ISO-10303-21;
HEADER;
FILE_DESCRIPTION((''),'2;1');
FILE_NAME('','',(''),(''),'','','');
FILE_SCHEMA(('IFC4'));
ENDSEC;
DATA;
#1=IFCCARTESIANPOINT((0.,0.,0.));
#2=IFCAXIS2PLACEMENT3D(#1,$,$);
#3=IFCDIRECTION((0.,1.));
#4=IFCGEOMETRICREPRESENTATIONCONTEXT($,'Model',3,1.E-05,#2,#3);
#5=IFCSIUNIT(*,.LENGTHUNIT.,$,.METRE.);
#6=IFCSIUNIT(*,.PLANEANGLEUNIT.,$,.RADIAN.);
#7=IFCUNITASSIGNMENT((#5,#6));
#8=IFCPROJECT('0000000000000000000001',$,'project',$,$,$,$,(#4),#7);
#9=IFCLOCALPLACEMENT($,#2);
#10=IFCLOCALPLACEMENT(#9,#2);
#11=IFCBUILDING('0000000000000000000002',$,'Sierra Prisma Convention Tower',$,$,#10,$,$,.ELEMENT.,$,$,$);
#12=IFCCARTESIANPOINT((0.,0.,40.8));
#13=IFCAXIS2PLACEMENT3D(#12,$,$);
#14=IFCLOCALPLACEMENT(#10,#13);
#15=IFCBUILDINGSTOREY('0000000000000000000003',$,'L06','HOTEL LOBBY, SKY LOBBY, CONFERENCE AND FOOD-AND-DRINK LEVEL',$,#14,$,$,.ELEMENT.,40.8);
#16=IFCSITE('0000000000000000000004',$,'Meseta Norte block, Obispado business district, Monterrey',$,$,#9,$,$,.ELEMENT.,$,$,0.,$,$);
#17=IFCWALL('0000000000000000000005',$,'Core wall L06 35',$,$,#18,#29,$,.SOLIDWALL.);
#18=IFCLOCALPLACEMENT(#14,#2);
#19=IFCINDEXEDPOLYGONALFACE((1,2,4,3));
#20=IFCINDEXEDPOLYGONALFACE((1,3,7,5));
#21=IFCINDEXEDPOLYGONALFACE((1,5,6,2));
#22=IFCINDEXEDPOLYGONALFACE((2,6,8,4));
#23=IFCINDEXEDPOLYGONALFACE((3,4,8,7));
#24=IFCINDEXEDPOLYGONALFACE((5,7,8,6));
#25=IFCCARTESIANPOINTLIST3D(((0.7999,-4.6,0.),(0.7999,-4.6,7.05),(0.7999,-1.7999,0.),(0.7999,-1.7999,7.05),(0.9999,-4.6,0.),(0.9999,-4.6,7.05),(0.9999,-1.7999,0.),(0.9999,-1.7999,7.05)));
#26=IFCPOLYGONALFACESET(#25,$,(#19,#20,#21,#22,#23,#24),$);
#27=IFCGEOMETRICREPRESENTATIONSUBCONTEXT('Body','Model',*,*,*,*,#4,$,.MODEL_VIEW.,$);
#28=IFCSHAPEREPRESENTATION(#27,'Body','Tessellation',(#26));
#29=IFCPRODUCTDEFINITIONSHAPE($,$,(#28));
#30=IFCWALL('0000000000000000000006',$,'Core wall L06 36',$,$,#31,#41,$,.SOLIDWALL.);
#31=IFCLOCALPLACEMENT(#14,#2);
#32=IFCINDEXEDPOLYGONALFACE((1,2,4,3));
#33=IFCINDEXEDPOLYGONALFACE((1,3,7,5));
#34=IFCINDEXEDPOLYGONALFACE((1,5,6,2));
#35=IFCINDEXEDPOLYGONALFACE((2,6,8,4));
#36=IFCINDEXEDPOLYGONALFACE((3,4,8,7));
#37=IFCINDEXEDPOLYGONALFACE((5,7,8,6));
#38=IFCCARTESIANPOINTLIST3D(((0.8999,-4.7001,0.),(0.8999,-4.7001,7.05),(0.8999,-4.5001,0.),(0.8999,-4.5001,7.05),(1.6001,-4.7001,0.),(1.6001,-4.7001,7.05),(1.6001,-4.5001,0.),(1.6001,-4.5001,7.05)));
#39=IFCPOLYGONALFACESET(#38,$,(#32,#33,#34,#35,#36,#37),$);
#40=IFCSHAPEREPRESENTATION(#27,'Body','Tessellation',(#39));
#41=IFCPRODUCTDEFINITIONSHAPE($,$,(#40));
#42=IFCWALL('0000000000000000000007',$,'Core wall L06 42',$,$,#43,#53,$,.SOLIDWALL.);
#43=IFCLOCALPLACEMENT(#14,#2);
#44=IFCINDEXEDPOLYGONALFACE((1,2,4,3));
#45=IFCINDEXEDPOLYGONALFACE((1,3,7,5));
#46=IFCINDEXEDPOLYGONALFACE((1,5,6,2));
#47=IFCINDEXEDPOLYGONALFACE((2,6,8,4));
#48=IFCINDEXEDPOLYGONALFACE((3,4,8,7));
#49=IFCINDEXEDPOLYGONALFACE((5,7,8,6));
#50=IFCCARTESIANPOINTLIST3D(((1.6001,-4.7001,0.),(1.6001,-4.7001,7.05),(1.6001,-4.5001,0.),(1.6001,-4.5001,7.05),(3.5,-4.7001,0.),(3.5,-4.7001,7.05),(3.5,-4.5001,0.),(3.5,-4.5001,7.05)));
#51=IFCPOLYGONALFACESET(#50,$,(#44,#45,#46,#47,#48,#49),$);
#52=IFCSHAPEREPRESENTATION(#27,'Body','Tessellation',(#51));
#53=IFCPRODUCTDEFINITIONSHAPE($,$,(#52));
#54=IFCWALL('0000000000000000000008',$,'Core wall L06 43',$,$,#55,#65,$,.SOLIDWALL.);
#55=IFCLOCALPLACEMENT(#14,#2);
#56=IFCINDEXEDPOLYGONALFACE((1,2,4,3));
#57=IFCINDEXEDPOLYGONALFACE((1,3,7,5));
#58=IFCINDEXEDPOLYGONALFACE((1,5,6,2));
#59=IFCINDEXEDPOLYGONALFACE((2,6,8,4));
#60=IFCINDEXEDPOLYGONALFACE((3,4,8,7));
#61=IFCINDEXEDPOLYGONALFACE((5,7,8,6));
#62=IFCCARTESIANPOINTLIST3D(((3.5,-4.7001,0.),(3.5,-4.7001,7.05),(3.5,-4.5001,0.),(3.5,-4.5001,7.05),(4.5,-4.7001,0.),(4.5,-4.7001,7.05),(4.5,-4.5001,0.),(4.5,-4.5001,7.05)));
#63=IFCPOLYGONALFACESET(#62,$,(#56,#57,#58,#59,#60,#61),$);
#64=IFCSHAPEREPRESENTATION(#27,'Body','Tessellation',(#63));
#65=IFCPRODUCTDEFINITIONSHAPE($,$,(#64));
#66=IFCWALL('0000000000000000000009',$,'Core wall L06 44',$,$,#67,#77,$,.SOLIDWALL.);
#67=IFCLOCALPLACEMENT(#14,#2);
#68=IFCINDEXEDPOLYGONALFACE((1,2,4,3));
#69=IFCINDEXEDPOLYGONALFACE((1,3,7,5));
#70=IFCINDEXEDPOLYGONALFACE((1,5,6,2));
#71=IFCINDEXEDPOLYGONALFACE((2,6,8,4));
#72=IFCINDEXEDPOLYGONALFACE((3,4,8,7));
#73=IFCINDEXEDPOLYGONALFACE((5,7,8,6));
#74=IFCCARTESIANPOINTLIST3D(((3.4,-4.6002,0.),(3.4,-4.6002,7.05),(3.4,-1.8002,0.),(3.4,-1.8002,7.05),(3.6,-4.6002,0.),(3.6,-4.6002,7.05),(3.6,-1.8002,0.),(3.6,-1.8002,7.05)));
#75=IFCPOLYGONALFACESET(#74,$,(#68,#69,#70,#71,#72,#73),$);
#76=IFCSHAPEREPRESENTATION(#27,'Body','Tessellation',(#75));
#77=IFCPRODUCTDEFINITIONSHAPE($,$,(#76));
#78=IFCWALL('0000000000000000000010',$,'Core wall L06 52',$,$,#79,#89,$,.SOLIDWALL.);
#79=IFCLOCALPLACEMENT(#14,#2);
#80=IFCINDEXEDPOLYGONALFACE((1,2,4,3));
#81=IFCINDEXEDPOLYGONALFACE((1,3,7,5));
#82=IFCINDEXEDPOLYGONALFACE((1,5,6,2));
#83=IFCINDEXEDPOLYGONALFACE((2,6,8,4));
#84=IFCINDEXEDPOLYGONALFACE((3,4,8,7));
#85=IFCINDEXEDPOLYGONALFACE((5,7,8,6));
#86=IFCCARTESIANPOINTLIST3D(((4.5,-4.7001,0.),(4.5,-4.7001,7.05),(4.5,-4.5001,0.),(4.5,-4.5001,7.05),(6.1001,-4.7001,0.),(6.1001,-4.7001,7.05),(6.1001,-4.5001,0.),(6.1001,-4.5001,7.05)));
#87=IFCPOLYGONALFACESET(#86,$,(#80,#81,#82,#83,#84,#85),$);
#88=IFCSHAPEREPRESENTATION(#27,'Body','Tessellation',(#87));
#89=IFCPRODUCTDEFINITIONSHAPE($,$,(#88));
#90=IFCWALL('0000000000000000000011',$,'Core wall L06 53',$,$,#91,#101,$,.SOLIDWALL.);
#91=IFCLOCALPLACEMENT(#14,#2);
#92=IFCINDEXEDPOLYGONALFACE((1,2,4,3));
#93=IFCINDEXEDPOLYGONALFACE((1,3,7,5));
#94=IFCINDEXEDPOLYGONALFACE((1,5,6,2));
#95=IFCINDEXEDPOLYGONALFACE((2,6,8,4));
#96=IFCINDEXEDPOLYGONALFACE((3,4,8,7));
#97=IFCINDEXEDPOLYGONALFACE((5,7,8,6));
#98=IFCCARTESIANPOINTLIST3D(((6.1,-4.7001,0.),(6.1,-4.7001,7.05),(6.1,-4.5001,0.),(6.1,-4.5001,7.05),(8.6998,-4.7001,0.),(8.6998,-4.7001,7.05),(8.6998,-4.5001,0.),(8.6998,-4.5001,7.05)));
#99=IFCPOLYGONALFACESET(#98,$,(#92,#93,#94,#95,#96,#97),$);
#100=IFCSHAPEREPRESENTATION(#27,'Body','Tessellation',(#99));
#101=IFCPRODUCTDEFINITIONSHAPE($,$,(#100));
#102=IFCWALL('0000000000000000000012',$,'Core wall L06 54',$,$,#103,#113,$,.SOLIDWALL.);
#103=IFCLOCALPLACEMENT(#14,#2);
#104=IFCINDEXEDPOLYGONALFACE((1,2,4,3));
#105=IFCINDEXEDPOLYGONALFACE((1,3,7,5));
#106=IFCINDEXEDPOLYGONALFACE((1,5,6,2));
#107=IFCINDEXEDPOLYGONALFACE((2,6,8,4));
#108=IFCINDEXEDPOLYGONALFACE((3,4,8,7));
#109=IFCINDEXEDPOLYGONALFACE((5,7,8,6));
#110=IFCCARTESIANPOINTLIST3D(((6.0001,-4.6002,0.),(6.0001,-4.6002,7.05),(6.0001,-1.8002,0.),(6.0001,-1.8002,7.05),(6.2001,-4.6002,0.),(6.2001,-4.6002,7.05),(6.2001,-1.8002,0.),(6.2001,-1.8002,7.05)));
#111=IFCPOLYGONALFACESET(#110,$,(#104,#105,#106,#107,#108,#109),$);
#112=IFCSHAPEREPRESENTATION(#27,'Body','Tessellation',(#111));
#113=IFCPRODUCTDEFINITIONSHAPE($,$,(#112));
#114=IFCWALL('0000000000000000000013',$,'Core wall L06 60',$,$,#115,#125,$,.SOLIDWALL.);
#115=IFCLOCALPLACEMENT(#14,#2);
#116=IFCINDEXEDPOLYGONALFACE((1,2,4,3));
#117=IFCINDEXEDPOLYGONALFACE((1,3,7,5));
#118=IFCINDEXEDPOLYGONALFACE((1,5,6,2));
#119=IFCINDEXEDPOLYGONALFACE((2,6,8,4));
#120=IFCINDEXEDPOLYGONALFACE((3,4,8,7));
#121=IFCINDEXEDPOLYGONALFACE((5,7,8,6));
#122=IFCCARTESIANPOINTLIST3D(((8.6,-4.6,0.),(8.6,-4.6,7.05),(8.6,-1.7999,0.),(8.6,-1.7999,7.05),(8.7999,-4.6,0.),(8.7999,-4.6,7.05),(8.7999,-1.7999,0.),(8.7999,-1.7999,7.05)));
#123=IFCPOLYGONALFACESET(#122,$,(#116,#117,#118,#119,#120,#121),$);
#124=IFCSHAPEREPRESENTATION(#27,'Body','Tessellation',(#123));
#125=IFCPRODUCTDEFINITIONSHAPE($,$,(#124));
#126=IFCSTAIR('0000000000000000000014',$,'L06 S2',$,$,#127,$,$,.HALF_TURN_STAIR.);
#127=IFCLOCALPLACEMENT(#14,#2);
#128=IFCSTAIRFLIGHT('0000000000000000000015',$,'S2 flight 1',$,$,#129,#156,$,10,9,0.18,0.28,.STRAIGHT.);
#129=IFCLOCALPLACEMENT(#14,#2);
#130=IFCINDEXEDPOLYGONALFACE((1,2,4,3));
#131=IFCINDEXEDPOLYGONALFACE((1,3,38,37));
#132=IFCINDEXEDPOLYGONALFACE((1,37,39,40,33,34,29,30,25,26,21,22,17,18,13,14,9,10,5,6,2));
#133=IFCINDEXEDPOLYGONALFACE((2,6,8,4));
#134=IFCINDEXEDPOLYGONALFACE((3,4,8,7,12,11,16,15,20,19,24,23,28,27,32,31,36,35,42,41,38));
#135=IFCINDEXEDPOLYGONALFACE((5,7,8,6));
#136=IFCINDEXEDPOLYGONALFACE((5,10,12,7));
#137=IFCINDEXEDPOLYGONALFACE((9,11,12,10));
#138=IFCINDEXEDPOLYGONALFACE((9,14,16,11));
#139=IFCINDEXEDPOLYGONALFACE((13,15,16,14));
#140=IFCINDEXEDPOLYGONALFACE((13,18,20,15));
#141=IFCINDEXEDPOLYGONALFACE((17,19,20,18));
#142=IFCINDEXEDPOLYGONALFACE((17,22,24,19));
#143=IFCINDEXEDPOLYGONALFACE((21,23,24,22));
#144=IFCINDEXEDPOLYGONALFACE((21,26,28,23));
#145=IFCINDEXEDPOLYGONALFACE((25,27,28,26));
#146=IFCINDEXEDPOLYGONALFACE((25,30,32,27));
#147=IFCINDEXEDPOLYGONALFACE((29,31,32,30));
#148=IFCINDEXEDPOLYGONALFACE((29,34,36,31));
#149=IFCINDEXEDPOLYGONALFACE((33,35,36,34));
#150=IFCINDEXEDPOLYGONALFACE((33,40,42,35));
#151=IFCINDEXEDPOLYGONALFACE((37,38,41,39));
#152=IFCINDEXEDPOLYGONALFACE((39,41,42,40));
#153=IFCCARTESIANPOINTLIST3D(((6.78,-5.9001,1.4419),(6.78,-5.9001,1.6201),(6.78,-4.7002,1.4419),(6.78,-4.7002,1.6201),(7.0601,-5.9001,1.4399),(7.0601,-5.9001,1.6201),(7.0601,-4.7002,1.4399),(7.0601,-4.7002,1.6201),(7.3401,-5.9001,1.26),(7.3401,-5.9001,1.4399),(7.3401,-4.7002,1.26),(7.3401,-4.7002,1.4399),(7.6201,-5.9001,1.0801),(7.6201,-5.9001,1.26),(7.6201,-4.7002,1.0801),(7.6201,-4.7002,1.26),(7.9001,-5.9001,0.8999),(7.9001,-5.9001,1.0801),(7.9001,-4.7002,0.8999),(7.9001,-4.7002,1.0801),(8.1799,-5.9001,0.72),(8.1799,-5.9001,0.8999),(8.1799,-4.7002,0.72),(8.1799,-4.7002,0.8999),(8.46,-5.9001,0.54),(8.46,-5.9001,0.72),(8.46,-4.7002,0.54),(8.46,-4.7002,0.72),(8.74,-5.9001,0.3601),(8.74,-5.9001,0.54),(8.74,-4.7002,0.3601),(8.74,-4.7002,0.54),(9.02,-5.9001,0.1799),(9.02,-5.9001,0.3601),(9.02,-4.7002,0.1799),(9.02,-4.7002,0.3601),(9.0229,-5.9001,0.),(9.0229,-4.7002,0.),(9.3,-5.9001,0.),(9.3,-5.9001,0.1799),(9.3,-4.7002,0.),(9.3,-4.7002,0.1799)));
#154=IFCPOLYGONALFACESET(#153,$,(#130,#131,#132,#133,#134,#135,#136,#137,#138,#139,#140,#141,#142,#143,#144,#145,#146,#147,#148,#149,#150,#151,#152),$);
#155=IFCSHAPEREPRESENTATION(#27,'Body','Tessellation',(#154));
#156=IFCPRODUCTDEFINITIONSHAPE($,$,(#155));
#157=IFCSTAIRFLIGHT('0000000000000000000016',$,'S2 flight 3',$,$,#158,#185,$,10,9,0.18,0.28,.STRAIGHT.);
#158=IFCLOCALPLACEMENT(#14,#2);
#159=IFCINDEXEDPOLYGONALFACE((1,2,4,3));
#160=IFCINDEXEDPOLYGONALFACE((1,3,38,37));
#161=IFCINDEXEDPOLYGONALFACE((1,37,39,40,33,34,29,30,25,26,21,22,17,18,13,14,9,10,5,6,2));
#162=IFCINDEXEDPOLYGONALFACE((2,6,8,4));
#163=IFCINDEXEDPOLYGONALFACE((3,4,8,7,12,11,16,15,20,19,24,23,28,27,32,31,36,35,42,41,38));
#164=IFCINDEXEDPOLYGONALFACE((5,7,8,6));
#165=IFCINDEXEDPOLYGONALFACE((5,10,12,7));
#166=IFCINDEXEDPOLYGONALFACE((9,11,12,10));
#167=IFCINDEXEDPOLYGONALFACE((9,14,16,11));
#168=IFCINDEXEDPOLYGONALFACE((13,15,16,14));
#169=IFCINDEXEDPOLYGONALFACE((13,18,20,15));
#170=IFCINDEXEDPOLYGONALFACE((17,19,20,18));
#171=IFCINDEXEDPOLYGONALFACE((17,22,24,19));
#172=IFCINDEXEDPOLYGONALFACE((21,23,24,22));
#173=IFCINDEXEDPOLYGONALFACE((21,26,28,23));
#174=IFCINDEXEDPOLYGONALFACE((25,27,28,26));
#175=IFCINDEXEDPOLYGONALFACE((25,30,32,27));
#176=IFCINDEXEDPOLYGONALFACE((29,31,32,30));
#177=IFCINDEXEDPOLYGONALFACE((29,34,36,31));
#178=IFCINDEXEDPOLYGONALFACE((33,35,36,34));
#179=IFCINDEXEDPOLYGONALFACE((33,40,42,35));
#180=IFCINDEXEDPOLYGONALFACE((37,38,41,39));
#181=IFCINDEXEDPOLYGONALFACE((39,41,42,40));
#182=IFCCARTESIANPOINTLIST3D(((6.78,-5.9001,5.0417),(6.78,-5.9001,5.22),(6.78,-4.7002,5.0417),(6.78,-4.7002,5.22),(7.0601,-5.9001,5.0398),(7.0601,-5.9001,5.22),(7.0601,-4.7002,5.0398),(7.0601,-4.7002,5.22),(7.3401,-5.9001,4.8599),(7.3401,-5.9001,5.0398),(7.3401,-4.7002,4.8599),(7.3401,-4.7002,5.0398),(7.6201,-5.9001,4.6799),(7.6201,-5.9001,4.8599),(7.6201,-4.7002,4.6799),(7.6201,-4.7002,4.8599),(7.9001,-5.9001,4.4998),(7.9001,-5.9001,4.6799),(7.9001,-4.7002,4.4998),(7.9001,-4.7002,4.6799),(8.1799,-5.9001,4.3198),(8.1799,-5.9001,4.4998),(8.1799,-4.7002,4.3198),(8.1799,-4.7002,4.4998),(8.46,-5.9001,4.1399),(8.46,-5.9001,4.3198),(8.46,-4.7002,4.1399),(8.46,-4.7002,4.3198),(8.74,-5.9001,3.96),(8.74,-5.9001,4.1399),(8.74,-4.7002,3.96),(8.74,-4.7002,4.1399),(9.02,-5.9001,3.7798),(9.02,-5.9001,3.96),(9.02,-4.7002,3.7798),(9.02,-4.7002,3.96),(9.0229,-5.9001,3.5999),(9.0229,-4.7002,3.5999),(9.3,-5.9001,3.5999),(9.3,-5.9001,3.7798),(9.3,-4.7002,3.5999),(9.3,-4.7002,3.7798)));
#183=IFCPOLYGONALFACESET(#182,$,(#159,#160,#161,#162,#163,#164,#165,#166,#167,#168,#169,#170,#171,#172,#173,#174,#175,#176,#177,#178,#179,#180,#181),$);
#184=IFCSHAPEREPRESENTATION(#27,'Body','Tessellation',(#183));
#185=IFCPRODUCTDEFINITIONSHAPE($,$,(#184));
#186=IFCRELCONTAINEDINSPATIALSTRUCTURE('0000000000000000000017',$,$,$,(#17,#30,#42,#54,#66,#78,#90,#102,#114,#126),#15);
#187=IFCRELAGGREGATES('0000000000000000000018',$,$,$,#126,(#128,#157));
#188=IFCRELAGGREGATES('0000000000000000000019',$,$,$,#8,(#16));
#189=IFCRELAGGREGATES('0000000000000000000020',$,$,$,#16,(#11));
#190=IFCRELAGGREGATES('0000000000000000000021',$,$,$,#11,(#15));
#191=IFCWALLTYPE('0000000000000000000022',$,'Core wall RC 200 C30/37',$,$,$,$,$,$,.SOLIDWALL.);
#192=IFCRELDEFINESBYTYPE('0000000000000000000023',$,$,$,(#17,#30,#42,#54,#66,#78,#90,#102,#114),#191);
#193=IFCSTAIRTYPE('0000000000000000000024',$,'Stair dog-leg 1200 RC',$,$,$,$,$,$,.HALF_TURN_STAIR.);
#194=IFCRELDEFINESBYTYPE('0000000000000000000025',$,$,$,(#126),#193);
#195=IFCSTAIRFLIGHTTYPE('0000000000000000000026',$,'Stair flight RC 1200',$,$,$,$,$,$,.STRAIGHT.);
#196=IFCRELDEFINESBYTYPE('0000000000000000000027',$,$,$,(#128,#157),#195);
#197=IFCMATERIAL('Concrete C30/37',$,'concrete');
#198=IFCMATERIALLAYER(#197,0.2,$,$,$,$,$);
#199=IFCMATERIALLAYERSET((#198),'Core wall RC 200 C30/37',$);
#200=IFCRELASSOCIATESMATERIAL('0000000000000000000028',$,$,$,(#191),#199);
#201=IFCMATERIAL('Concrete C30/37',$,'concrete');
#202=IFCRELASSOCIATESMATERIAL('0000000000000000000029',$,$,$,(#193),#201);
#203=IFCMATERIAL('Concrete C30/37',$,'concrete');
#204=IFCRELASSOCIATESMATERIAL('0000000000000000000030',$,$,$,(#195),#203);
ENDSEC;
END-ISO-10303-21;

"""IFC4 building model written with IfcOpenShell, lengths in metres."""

from ifc_helpers import new_model, si_unit, direction, frame, frame_2d, origin, place, context, subcontext, project, spatial, polyline, rectangle, outline, extrude, material, layer, layer_set, type_object, element, aggregate, save


model = new_model("IFC4")

# Units and contexts
model_context = context("Model", 3, precision=1e-05, world=origin(), true_north=direction((0.0, 1.0)))
body_context = subcontext(model_context, "Body", "Model", "MODEL_VIEW")
ifc_project = project(units=[si_unit("LENGTHUNIT", "METRE"), si_unit("PLANEANGLEUNIT", "RADIAN")], contexts=[model_context])

# Site, building, storey
site_placement = place(None, origin())
site = spatial("IfcSite", under=ifc_project, at=site_placement, Name="Meseta Norte block, Obispado business district, Monterrey", CompositionType="ELEMENT", RefElevation=0.0)
building_placement = place(site_placement, origin())
building = spatial("IfcBuilding", under=site, at=building_placement, Name="Sierra Prisma Convention Tower", CompositionType="ELEMENT")
storey_placement = place(building_placement, frame((0.0, 0.0, 40.8)))
storey = spatial("IfcBuildingStorey", under=building, at=storey_placement, Name="L06", Description="HOTEL LOBBY, SKY LOBBY, CONFERENCE AND FOOD-AND-DRINK LEVEL", CompositionType="ELEMENT", Elevation=40.8)

# Shared definitions
ifc_material_1 = material(Name="Concrete C30/37", Category="concrete")
ifc_layer = layer(ifc_material_1, 0.2)
ifc_layer_set = layer_set([ifc_layer], Name="Core wall RC 200 C30/37")
wall_type = type_object("IfcWallType", Name="Core wall RC 200 C30/37", PredefinedType="SOLIDWALL", material=ifc_layer_set)

# Walls
wall_1_placement = place(storey_placement, frame((0.8999, -1.8, 0.0), z_axis=(0.0, 0.0, 1.0), x_axis=(0.0, -1.0, 0.0)))
element("IfcWall", 1, at=wall_1_placement, inside=storey, type_object=wall_type, Name="Core wall L06 35", PredefinedType="SOLIDWALL", context=body_context, shape_type="SweptSolid", body=[
    extrude(rectangle(XDim=2.8, YDim=0.2, at=frame_2d((1.3999, 0.0))), origin(), (0.0, 0.0, 1.0), 7.05),
])
wall_2_placement = place(storey_placement, frame((0.8999, -4.6001, 0.0), z_axis=(0.0, 0.0, 1.0), x_axis=(1.0, 0.0, 0.0)))
element("IfcWall", 2, at=wall_2_placement, inside=storey, type_object=wall_type, Name="Core wall L06 36", PredefinedType="SOLIDWALL", context=body_context, shape_type="SweptSolid", body=[
    extrude(rectangle(XDim=0.7002, YDim=0.2, at=frame_2d((0.3501, 0.0))), origin(), (0.0, 0.0, 1.0), 7.05),
])

# Walls
wall_3_placement = place(storey_placement, frame((3.5, -4.6001, 0.0), z_axis=(0.0, 0.0, 1.0), x_axis=(-1.0, 0.0, 0.0)))
element("IfcWall", 3, at=wall_3_placement, inside=storey, type_object=wall_type, Name="Core wall L06 42", PredefinedType="SOLIDWALL", context=body_context, shape_type="SweptSolid", body=[
    extrude(rectangle(XDim=1.8999, YDim=0.2, at=frame_2d((0.95, 0.0))), origin(), (0.0, 0.0, 1.0), 7.05),
])
wall_4_placement = place(storey_placement, frame((4.5, -4.6001, 0.0), z_axis=(0.0, 0.0, 1.0), x_axis=(-1.0, 0.0, 0.0)))
element("IfcWall", 4, at=wall_4_placement, inside=storey, type_object=wall_type, Name="Core wall L06 43", PredefinedType="SOLIDWALL", context=body_context, shape_type="SweptSolid", body=[
    extrude(rectangle(XDim=1.0, YDim=0.2, at=frame_2d((0.5, 0.0))), origin(), (0.0, 0.0, 1.0), 7.05),
])
wall_5_placement = place(storey_placement, frame((3.5, -4.6001, 0.0), z_axis=(0.0, 0.0, 1.0), x_axis=(0.0, 1.0, 0.0)))
element("IfcWall", 5, at=wall_5_placement, inside=storey, type_object=wall_type, Name="Core wall L06 44", PredefinedType="SOLIDWALL", context=body_context, shape_type="SweptSolid", body=[
    extrude(rectangle(XDim=2.8, YDim=0.2, at=frame_2d((1.3999, 0.0))), origin(), (0.0, 0.0, 1.0), 7.05),
])

# Walls
wall_6_placement = place(storey_placement, frame((4.5, -4.6001, 0.0), z_axis=(0.0, 0.0, 1.0), x_axis=(1.0, 0.0, 0.0)))
element("IfcWall", 6, at=wall_6_placement, inside=storey, type_object=wall_type, Name="Core wall L06 52", PredefinedType="SOLIDWALL", context=body_context, shape_type="SweptSolid", body=[
    extrude(rectangle(XDim=1.6001, YDim=0.2, at=frame_2d((0.8, 0.0))), origin(), (0.0, 0.0, 1.0), 7.05),
])
wall_7_placement = place(storey_placement, frame((6.1001, -4.6001, 0.0), z_axis=(0.0, 0.0, 1.0), x_axis=(1.0, 0.0, 0.0)))
element("IfcWall", 7, at=wall_7_placement, inside=storey, type_object=wall_type, Name="Core wall L06 53", PredefinedType="SOLIDWALL", context=body_context, shape_type="SweptSolid", body=[
    extrude(rectangle(XDim=2.5999, YDim=0.2, at=frame_2d((1.2998, 0.0))), origin(), (0.0, 0.0, 1.0), 7.05),
])
wall_8_placement = place(storey_placement, frame((6.1001, -4.6001, 0.0), z_axis=(0.0, 0.0, 1.0), x_axis=(0.0, 1.0, 0.0)))
element("IfcWall", 8, at=wall_8_placement, inside=storey, type_object=wall_type, Name="Core wall L06 54", PredefinedType="SOLIDWALL", context=body_context, shape_type="SweptSolid", body=[
    extrude(rectangle(XDim=2.8, YDim=0.2, at=frame_2d((1.3999, 0.0))), origin(), (0.0, 0.0, 1.0), 7.05),
])

# Wall
wall_9_placement = place(storey_placement, frame((8.7, -1.8, 0.0), z_axis=(0.0, 0.0, 1.0), x_axis=(0.0, -1.0, 0.0)))
element("IfcWall", 9, at=wall_9_placement, inside=storey, type_object=wall_type, Name="Core wall L06 60", PredefinedType="SOLIDWALL", context=body_context, shape_type="SweptSolid", body=[
    extrude(rectangle(XDim=2.8, YDim=0.2, at=frame_2d((1.3999, 0.0))), origin(), (0.0, 0.0, 1.0), 7.05),
])

# Stair, stair flights
ifc_material_2 = material(Name="Concrete C30/37", Category="concrete")
stair_type = type_object("IfcStairType", Name="Stair dog-leg 1200 RC", PredefinedType="HALF_TURN_STAIR", material=ifc_material_2)
stair_placement = place(storey_placement, origin())
stair = element("IfcStair", 10, at=stair_placement, inside=storey, type_object=stair_type, Name="L06 S2", PredefinedType="HALF_TURN_STAIR")
ifc_material_3 = material(Name="Concrete C30/37", Category="concrete")
stair_flight_type = type_object("IfcStairFlightType", Name="Stair flight RC 1200", PredefinedType="STRAIGHT", material=ifc_material_3)
stair_flight_1_placement = place(storey_placement, frame((9.3, -5.3, 0.0), z_axis=(0.0, 0.0, 1.0), x_axis=(-1.0, 0.0, 0.0)))
stair_flight_1 = element("IfcStairFlight", 11, at=stair_flight_1_placement, type_object=stair_flight_type, Name="S2 flight 1", NumberOfRisers=10, NumberOfTreads=9, PredefinedType="STRAIGHT", RiserHeight=0.18, TreadLength=0.28, context=body_context, shape_type="SweptSolid", body=[
    extrude(outline(polyline([(0.0, 0.0), (0.0, 0.1799), (0.28, 0.1799), (0.28, 0.3601), (0.5601, 0.3601), (0.5601, 0.54), (0.8401, 0.54), (0.8401, 0.72), (1.1201, 0.72), (1.1201, 0.8999), (1.3999, 0.8999), (1.3999, 1.0801), (1.6799, 1.0801), (1.6799, 1.26), (1.96, 1.26), (1.96, 1.4399), (2.24, 1.4399), (2.24, 1.6201), (2.52, 1.6201), (2.52, 1.8), (2.52, 1.4419), (0.2771, 0.0), (0.0, 0.0)])), frame((0.0, 0.6001, 0.0), z_axis=(0.0, -1.0, 0.0), x_axis=(1.0, 0.0, 0.0)), (0.0, 0.0, 1.0), 1.2),
])
stair_flight_2_placement = place(storey_placement, frame((9.3, -5.3, 3.5999), z_axis=(0.0, 0.0, 1.0), x_axis=(-1.0, 0.0, 0.0)))
stair_flight_2 = element("IfcStairFlight", 12, at=stair_flight_2_placement, type_object=stair_flight_type, Name="S2 flight 3", NumberOfRisers=10, NumberOfTreads=9, PredefinedType="STRAIGHT", RiserHeight=0.18, TreadLength=0.28, context=body_context, shape_type="SweptSolid", body=[
    extrude(outline(polyline([(0.0, 0.0), (0.0, 0.1799), (0.28, 0.1799), (0.28, 0.3601), (0.5601, 0.3601), (0.5601, 0.54), (0.8401, 0.54), (0.8401, 0.72), (1.1201, 0.72), (1.1201, 0.8999), (1.3999, 0.8999), (1.3999, 1.0801), (1.6799, 1.0801), (1.6799, 1.26), (1.96, 1.26), (1.96, 1.4399), (2.24, 1.4399), (2.24, 1.6201), (2.52, 1.6201), (2.52, 1.8), (2.52, 1.4419), (0.2771, 0.0), (0.0, 0.0)])), frame((0.0, 0.6001, 0.0), z_axis=(0.0, -1.0, 0.0), x_axis=(1.0, 0.0, 0.0)), (0.0, 0.0, 1.0), 1.2),
])
aggregate(stair, [stair_flight_1, stair_flight_2])

save(model, "model.ifc")
